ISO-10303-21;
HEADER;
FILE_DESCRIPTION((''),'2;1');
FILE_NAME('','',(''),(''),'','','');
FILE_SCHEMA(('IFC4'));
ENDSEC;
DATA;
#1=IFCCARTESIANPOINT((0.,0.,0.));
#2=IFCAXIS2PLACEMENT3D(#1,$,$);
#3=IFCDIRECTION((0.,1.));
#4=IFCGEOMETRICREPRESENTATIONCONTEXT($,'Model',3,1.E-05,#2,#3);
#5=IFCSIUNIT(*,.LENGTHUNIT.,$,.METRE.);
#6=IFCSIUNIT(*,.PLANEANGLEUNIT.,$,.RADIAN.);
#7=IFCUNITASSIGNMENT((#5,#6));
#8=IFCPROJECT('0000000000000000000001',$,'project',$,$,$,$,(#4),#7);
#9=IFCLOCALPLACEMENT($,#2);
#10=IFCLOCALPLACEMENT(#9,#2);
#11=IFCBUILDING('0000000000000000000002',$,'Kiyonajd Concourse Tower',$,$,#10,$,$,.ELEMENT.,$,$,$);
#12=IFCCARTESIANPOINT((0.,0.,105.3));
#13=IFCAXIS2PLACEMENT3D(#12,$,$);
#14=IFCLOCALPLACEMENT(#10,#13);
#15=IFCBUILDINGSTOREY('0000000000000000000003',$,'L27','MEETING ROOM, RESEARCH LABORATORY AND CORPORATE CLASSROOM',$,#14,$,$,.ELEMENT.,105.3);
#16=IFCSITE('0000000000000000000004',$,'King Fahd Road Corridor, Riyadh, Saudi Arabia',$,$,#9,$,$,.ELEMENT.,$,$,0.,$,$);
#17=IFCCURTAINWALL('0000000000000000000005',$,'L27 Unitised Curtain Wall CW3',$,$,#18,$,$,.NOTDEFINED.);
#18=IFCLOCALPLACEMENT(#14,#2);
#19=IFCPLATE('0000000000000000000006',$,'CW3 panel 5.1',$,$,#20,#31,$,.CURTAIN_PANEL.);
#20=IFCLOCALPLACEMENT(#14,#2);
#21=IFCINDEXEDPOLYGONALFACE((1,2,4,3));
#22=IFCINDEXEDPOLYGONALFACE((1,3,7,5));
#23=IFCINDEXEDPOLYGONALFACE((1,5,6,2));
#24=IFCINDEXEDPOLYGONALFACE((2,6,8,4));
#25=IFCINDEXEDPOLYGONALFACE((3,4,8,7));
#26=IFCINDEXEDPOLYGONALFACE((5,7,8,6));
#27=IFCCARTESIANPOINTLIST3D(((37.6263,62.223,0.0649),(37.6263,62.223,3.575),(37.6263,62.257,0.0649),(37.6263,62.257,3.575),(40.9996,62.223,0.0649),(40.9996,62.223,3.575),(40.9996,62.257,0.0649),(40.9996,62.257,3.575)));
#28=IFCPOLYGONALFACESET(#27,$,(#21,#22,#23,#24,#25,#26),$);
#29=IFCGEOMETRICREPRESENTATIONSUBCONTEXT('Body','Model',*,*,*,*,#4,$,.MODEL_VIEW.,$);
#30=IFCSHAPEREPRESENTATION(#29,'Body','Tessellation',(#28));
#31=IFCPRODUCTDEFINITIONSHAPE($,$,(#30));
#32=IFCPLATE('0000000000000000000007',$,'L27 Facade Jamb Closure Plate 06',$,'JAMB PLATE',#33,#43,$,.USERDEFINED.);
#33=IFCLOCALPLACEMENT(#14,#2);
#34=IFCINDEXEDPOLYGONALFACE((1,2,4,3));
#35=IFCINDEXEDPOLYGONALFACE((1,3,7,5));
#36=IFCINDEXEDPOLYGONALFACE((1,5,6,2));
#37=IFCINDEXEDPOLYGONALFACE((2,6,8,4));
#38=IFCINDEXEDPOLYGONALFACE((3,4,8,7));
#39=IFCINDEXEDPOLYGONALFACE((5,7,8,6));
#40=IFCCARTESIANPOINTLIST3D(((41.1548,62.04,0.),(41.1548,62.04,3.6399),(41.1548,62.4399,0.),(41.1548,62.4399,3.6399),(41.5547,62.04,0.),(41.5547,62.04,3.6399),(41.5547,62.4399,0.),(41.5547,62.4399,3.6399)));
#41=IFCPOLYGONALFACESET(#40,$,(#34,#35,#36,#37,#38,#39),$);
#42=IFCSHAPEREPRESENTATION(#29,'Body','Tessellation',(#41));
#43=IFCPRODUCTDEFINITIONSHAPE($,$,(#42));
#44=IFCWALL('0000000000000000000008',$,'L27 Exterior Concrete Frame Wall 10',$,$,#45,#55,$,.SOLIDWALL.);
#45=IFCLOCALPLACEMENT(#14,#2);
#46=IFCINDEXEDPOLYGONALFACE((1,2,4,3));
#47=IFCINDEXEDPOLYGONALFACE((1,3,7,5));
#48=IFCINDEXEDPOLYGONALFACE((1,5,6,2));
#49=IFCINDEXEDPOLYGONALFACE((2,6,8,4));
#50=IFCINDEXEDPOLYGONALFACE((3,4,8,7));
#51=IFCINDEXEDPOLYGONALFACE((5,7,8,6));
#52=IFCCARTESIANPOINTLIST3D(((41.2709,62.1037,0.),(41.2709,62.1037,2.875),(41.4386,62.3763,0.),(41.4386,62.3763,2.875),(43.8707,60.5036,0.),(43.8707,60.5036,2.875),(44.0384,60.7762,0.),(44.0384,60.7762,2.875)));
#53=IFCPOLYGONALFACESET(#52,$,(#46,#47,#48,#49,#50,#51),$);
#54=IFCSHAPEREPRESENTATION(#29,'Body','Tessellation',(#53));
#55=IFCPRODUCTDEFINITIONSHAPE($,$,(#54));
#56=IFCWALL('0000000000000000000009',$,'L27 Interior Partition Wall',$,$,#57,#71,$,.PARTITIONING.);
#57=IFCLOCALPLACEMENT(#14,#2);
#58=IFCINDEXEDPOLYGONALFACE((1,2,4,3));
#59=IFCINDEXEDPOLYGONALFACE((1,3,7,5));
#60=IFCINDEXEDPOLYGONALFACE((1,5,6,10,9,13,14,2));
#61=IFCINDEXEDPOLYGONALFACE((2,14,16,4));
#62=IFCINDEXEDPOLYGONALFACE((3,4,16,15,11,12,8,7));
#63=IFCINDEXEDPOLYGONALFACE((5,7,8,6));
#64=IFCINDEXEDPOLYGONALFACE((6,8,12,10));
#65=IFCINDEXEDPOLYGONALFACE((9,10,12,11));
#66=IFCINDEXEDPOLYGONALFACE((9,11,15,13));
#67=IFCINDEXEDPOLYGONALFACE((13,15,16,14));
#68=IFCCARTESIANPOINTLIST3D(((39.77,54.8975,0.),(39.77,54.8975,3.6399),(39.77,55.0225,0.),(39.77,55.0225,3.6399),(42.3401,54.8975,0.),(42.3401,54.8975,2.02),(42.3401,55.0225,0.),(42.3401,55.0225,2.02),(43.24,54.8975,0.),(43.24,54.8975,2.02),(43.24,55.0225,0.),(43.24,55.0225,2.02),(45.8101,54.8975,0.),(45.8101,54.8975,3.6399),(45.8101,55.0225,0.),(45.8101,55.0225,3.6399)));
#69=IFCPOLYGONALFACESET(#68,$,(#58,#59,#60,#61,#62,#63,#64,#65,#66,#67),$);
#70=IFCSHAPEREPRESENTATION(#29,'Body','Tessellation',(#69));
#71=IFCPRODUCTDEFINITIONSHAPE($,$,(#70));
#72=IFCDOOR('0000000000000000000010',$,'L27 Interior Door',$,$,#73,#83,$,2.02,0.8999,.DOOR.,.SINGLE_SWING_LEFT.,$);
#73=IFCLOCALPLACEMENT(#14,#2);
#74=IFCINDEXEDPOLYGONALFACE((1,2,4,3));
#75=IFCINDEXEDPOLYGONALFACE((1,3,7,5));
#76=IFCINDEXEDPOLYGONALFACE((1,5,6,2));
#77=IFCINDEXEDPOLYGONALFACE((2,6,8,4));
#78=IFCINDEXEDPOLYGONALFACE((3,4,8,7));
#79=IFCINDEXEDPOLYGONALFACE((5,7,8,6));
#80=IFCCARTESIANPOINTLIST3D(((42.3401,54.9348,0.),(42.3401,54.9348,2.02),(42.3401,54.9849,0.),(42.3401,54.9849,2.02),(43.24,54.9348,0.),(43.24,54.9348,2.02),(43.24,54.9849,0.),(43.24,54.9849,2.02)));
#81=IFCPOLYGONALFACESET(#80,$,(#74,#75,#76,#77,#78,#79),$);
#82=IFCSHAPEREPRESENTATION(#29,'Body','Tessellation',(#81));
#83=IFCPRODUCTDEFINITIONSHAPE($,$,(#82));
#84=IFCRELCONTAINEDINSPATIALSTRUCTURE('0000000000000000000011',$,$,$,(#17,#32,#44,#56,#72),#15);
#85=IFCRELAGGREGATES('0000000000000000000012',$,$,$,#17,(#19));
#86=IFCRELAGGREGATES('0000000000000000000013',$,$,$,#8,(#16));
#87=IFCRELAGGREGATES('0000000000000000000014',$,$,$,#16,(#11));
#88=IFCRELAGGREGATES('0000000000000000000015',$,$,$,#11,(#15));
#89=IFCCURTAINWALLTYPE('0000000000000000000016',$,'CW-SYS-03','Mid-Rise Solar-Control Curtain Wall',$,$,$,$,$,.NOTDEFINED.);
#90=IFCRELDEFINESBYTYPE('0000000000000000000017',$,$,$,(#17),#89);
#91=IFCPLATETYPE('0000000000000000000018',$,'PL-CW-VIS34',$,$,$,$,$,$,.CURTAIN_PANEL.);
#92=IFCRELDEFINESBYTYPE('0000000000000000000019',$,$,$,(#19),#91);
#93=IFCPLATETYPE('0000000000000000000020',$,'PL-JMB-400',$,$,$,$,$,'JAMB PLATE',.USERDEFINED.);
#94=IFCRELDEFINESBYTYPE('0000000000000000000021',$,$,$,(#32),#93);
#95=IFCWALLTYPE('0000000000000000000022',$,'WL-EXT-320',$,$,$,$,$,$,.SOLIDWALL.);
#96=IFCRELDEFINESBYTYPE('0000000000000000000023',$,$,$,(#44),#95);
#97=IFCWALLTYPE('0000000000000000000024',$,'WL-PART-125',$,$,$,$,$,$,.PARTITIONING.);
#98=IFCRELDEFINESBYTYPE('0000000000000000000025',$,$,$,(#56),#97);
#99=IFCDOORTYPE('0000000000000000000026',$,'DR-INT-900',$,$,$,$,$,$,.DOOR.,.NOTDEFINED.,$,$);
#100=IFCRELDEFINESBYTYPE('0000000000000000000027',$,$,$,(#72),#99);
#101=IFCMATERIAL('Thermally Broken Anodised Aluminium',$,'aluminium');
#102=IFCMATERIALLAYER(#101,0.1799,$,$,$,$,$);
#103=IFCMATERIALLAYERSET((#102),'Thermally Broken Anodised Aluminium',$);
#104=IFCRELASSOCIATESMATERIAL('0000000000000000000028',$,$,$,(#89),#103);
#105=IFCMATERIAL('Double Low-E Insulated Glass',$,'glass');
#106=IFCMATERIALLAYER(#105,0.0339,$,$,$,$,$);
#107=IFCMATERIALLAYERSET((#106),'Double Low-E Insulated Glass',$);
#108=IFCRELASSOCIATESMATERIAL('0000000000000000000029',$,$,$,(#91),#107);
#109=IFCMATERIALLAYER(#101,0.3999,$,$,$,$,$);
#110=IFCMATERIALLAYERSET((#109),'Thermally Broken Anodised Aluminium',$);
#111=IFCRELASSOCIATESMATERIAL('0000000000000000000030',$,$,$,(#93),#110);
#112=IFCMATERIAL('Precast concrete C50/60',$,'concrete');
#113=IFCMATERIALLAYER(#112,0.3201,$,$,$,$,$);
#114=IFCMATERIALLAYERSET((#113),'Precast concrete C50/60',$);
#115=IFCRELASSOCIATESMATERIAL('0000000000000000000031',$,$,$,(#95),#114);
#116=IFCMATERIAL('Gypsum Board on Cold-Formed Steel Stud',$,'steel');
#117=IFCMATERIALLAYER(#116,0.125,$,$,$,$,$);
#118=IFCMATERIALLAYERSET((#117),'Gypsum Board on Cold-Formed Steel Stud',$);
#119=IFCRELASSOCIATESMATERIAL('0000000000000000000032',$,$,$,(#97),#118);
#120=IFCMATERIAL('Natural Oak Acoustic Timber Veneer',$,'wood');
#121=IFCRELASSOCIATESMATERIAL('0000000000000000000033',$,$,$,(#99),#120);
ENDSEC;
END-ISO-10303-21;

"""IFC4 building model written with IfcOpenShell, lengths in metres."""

from ifc_helpers import new_model, si_unit, direction, frame, frame_2d, origin, origin_2d, place, context, subcontext, project, spatial, rectangle, extrude, material, layer, layer_set, type_object, element, fill, aggregate, save


model = new_model("IFC4")

# Units and contexts
model_context = context("Model", 3, precision=1e-05, world=origin(), true_north=direction((0.0, 1.0)))
body_context = subcontext(model_context, "Body", "Model", "MODEL_VIEW")
ifc_project = project(units=[si_unit("LENGTHUNIT", "METRE"), si_unit("PLANEANGLEUNIT", "RADIAN")], contexts=[model_context])

# Site, building, storey
site_placement = place(None, origin())
site = spatial("IfcSite", under=ifc_project, at=site_placement, Name="King Fahd Road Corridor, Riyadh, Saudi Arabia", CompositionType="ELEMENT", RefElevation=0.0)
building_placement = place(site_placement, origin())
building = spatial("IfcBuilding", under=site, at=building_placement, Name="Kiyonajd Concourse Tower", CompositionType="ELEMENT")
storey_placement = place(building_placement, frame((0.0, 0.0, 105.3)))
storey = spatial("IfcBuildingStorey", under=building, at=storey_placement, Name="L27", Description="MEETING ROOM, RESEARCH LABORATORY AND CORPORATE CLASSROOM", CompositionType="ELEMENT", Elevation=105.3)

# Shared definitions
ifc_material_1 = material(Name="Precast concrete C50/60", Category="concrete")

# Curtain wall, plate
ifc_material_2 = material(Name="Thermally Broken Anodised Aluminium", Category="aluminium")
ifc_layer_1 = layer(ifc_material_2, 0.1799)
ifc_layer_set_1 = layer_set([ifc_layer_1], Name="Thermally Broken Anodised Aluminium")
curtain_wall_type = type_object("IfcCurtainWallType", Name="CW-SYS-03", Description="Mid-Rise Solar-Control Curtain Wall", PredefinedType="NOTDEFINED", material=ifc_layer_set_1)
curtain_wall_placement = place(storey_placement, origin())
curtain_wall = element("IfcCurtainWall", 1, at=curtain_wall_placement, inside=storey, type_object=curtain_wall_type, Name="L27 Unitised Curtain Wall CW3", PredefinedType="NOTDEFINED")
ifc_material_3 = material(Name="Double Low-E Insulated Glass", Category="glass")
ifc_layer_2 = layer(ifc_material_3, 0.0339)
ifc_layer_set_2 = layer_set([ifc_layer_2], Name="Double Low-E Insulated Glass")
plate_type_1 = type_object("IfcPlateType", Name="PL-CW-VIS34", PredefinedType="CURTAIN_PANEL", material=ifc_layer_set_2)
plate_1_placement = place(storey_placement, frame((39.313, 62.24, 0.0649), z_axis=(0.0, 0.0, 1.0), x_axis=(1.0, 0.0, 0.0)))
plate_1 = element("IfcPlate", 2, at=plate_1_placement, type_object=plate_type_1, Name="CW3 panel 5.1", PredefinedType="CURTAIN_PANEL", context=body_context, shape_type="SweptSolid", body=[
    extrude(rectangle(XDim=3.3733, YDim=0.0339, at=origin_2d()), origin(), (0.0, 0.0, 1.0), 3.51),
])
aggregate(curtain_wall, [plate_1])

# Plate
ifc_layer_3 = layer(ifc_material_2, 0.3999)
ifc_layer_set_3 = layer_set([ifc_layer_3], Name="Thermally Broken Anodised Aluminium")
plate_type_2 = type_object("IfcPlateType", Name="PL-JMB-400", ElementType="JAMB PLATE", PredefinedType="USERDEFINED", material=ifc_layer_set_3)
plate_2_placement = place(storey_placement, frame((41.3547, 62.24, 0.0), z_axis=(0.0, 0.0, 1.0), x_axis=(1.0, 0.0, 0.0)))
element("IfcPlate", 3, at=plate_2_placement, inside=storey, type_object=plate_type_2, Name="L27 Facade Jamb Closure Plate 06", ObjectType="JAMB PLATE", PredefinedType="USERDEFINED", context=body_context, shape_type="SweptSolid", body=[
    extrude(rectangle(XDim=0.3999, YDim=0.3999, at=origin_2d()), origin(), (0.0, 0.0, 1.0), 3.6399),
])

# Wall
ifc_layer_4 = layer(ifc_material_1, 0.3201)
ifc_layer_set_4 = layer_set([ifc_layer_4], Name="Precast concrete C50/60")
wall_type_1 = type_object("IfcWallType", Name="WL-EXT-320", PredefinedType="SOLIDWALL", material=ifc_layer_set_4)
wall_1_placement = place(storey_placement, frame((41.3547, 62.24, 0.0), z_axis=(0.0, 0.0, 1.0), x_axis=(0.851631, -0.524142, 0.0)))
element("IfcWall", 4, at=wall_1_placement, inside=storey, type_object=wall_type_1, Name="L27 Exterior Concrete Frame Wall 10", PredefinedType="SOLIDWALL", context=body_context, shape_type="SweptSolid", body=[
    extrude(rectangle(XDim=3.0527, YDim=0.3201, at=frame_2d((1.5264, 0.0))), origin(), (0.0, 0.0, 1.0), 2.875),
])

# Wall, opening, door
ifc_material_4 = material(Name="Gypsum Board on Cold-Formed Steel Stud", Category="steel")
ifc_layer_5 = layer(ifc_material_4, 0.125)
ifc_layer_set_5 = layer_set([ifc_layer_5], Name="Gypsum Board on Cold-Formed Steel Stud")
wall_type_2 = type_object("IfcWallType", Name="WL-PART-125", PredefinedType="PARTITIONING", material=ifc_layer_set_5)
wall_2_placement = place(storey_placement, frame((39.77, 54.96, 0.0), z_axis=(0.0, 0.0, 1.0), x_axis=(1.0, 0.0, 0.0)))
wall_2 = element("IfcWall", 5, at=wall_2_placement, inside=storey, type_object=wall_type_2, Name="L27 Interior Partition Wall", PredefinedType="PARTITIONING", context=body_context, shape_type="SweptSolid", body=[
    extrude(rectangle(XDim=6.04, YDim=0.125, at=frame_2d((3.02, 0.0))), origin(), (0.0, 0.0, 1.0), 3.6399),
])
opening_placement = place(wall_2_placement, frame((2.5701, 0.0, 0.0)))
opening = element("IfcOpeningElement", 6, at=opening_placement, cuts=wall_2, PredefinedType="OPENING", context=body_context, shape_type="SweptSolid", body=[
    extrude(rectangle(XDim=0.8999, YDim=2.02, at=frame_2d((0.45, 1.01))), frame((0.0, 0.0725, 0.0), z_axis=(0.0, -1.0, 0.0), x_axis=(1.0, 0.0, 0.0)), (0.0, 0.0, 1.0), 0.145),
])
ifc_material_5 = material(Name="Natural Oak Acoustic Timber Veneer", Category="wood")
door_type = type_object("IfcDoorType", Name="DR-INT-900", OperationType="NOTDEFINED", PredefinedType="DOOR", material=ifc_material_5)
door_placement = place(opening_placement, origin())
door = element("IfcDoor", 7, at=door_placement, inside=storey, type_object=door_type, Name="L27 Interior Door", OperationType="SINGLE_SWING_LEFT", OverallHeight=2.02, OverallWidth=0.8999, PredefinedType="DOOR", context=body_context, shape_type="SweptSolid", body=[
    extrude(rectangle(XDim=0.8999, YDim=2.02, at=frame_2d((0.45, 1.01))), frame((0.0, 0.0249, 0.0), z_axis=(0.0, -1.0, 0.0), x_axis=(1.0, 0.0, 0.0)), (0.0, 0.0, 1.0), 0.05),
])
fill(opening, door)

save(model, "model.ifc")
